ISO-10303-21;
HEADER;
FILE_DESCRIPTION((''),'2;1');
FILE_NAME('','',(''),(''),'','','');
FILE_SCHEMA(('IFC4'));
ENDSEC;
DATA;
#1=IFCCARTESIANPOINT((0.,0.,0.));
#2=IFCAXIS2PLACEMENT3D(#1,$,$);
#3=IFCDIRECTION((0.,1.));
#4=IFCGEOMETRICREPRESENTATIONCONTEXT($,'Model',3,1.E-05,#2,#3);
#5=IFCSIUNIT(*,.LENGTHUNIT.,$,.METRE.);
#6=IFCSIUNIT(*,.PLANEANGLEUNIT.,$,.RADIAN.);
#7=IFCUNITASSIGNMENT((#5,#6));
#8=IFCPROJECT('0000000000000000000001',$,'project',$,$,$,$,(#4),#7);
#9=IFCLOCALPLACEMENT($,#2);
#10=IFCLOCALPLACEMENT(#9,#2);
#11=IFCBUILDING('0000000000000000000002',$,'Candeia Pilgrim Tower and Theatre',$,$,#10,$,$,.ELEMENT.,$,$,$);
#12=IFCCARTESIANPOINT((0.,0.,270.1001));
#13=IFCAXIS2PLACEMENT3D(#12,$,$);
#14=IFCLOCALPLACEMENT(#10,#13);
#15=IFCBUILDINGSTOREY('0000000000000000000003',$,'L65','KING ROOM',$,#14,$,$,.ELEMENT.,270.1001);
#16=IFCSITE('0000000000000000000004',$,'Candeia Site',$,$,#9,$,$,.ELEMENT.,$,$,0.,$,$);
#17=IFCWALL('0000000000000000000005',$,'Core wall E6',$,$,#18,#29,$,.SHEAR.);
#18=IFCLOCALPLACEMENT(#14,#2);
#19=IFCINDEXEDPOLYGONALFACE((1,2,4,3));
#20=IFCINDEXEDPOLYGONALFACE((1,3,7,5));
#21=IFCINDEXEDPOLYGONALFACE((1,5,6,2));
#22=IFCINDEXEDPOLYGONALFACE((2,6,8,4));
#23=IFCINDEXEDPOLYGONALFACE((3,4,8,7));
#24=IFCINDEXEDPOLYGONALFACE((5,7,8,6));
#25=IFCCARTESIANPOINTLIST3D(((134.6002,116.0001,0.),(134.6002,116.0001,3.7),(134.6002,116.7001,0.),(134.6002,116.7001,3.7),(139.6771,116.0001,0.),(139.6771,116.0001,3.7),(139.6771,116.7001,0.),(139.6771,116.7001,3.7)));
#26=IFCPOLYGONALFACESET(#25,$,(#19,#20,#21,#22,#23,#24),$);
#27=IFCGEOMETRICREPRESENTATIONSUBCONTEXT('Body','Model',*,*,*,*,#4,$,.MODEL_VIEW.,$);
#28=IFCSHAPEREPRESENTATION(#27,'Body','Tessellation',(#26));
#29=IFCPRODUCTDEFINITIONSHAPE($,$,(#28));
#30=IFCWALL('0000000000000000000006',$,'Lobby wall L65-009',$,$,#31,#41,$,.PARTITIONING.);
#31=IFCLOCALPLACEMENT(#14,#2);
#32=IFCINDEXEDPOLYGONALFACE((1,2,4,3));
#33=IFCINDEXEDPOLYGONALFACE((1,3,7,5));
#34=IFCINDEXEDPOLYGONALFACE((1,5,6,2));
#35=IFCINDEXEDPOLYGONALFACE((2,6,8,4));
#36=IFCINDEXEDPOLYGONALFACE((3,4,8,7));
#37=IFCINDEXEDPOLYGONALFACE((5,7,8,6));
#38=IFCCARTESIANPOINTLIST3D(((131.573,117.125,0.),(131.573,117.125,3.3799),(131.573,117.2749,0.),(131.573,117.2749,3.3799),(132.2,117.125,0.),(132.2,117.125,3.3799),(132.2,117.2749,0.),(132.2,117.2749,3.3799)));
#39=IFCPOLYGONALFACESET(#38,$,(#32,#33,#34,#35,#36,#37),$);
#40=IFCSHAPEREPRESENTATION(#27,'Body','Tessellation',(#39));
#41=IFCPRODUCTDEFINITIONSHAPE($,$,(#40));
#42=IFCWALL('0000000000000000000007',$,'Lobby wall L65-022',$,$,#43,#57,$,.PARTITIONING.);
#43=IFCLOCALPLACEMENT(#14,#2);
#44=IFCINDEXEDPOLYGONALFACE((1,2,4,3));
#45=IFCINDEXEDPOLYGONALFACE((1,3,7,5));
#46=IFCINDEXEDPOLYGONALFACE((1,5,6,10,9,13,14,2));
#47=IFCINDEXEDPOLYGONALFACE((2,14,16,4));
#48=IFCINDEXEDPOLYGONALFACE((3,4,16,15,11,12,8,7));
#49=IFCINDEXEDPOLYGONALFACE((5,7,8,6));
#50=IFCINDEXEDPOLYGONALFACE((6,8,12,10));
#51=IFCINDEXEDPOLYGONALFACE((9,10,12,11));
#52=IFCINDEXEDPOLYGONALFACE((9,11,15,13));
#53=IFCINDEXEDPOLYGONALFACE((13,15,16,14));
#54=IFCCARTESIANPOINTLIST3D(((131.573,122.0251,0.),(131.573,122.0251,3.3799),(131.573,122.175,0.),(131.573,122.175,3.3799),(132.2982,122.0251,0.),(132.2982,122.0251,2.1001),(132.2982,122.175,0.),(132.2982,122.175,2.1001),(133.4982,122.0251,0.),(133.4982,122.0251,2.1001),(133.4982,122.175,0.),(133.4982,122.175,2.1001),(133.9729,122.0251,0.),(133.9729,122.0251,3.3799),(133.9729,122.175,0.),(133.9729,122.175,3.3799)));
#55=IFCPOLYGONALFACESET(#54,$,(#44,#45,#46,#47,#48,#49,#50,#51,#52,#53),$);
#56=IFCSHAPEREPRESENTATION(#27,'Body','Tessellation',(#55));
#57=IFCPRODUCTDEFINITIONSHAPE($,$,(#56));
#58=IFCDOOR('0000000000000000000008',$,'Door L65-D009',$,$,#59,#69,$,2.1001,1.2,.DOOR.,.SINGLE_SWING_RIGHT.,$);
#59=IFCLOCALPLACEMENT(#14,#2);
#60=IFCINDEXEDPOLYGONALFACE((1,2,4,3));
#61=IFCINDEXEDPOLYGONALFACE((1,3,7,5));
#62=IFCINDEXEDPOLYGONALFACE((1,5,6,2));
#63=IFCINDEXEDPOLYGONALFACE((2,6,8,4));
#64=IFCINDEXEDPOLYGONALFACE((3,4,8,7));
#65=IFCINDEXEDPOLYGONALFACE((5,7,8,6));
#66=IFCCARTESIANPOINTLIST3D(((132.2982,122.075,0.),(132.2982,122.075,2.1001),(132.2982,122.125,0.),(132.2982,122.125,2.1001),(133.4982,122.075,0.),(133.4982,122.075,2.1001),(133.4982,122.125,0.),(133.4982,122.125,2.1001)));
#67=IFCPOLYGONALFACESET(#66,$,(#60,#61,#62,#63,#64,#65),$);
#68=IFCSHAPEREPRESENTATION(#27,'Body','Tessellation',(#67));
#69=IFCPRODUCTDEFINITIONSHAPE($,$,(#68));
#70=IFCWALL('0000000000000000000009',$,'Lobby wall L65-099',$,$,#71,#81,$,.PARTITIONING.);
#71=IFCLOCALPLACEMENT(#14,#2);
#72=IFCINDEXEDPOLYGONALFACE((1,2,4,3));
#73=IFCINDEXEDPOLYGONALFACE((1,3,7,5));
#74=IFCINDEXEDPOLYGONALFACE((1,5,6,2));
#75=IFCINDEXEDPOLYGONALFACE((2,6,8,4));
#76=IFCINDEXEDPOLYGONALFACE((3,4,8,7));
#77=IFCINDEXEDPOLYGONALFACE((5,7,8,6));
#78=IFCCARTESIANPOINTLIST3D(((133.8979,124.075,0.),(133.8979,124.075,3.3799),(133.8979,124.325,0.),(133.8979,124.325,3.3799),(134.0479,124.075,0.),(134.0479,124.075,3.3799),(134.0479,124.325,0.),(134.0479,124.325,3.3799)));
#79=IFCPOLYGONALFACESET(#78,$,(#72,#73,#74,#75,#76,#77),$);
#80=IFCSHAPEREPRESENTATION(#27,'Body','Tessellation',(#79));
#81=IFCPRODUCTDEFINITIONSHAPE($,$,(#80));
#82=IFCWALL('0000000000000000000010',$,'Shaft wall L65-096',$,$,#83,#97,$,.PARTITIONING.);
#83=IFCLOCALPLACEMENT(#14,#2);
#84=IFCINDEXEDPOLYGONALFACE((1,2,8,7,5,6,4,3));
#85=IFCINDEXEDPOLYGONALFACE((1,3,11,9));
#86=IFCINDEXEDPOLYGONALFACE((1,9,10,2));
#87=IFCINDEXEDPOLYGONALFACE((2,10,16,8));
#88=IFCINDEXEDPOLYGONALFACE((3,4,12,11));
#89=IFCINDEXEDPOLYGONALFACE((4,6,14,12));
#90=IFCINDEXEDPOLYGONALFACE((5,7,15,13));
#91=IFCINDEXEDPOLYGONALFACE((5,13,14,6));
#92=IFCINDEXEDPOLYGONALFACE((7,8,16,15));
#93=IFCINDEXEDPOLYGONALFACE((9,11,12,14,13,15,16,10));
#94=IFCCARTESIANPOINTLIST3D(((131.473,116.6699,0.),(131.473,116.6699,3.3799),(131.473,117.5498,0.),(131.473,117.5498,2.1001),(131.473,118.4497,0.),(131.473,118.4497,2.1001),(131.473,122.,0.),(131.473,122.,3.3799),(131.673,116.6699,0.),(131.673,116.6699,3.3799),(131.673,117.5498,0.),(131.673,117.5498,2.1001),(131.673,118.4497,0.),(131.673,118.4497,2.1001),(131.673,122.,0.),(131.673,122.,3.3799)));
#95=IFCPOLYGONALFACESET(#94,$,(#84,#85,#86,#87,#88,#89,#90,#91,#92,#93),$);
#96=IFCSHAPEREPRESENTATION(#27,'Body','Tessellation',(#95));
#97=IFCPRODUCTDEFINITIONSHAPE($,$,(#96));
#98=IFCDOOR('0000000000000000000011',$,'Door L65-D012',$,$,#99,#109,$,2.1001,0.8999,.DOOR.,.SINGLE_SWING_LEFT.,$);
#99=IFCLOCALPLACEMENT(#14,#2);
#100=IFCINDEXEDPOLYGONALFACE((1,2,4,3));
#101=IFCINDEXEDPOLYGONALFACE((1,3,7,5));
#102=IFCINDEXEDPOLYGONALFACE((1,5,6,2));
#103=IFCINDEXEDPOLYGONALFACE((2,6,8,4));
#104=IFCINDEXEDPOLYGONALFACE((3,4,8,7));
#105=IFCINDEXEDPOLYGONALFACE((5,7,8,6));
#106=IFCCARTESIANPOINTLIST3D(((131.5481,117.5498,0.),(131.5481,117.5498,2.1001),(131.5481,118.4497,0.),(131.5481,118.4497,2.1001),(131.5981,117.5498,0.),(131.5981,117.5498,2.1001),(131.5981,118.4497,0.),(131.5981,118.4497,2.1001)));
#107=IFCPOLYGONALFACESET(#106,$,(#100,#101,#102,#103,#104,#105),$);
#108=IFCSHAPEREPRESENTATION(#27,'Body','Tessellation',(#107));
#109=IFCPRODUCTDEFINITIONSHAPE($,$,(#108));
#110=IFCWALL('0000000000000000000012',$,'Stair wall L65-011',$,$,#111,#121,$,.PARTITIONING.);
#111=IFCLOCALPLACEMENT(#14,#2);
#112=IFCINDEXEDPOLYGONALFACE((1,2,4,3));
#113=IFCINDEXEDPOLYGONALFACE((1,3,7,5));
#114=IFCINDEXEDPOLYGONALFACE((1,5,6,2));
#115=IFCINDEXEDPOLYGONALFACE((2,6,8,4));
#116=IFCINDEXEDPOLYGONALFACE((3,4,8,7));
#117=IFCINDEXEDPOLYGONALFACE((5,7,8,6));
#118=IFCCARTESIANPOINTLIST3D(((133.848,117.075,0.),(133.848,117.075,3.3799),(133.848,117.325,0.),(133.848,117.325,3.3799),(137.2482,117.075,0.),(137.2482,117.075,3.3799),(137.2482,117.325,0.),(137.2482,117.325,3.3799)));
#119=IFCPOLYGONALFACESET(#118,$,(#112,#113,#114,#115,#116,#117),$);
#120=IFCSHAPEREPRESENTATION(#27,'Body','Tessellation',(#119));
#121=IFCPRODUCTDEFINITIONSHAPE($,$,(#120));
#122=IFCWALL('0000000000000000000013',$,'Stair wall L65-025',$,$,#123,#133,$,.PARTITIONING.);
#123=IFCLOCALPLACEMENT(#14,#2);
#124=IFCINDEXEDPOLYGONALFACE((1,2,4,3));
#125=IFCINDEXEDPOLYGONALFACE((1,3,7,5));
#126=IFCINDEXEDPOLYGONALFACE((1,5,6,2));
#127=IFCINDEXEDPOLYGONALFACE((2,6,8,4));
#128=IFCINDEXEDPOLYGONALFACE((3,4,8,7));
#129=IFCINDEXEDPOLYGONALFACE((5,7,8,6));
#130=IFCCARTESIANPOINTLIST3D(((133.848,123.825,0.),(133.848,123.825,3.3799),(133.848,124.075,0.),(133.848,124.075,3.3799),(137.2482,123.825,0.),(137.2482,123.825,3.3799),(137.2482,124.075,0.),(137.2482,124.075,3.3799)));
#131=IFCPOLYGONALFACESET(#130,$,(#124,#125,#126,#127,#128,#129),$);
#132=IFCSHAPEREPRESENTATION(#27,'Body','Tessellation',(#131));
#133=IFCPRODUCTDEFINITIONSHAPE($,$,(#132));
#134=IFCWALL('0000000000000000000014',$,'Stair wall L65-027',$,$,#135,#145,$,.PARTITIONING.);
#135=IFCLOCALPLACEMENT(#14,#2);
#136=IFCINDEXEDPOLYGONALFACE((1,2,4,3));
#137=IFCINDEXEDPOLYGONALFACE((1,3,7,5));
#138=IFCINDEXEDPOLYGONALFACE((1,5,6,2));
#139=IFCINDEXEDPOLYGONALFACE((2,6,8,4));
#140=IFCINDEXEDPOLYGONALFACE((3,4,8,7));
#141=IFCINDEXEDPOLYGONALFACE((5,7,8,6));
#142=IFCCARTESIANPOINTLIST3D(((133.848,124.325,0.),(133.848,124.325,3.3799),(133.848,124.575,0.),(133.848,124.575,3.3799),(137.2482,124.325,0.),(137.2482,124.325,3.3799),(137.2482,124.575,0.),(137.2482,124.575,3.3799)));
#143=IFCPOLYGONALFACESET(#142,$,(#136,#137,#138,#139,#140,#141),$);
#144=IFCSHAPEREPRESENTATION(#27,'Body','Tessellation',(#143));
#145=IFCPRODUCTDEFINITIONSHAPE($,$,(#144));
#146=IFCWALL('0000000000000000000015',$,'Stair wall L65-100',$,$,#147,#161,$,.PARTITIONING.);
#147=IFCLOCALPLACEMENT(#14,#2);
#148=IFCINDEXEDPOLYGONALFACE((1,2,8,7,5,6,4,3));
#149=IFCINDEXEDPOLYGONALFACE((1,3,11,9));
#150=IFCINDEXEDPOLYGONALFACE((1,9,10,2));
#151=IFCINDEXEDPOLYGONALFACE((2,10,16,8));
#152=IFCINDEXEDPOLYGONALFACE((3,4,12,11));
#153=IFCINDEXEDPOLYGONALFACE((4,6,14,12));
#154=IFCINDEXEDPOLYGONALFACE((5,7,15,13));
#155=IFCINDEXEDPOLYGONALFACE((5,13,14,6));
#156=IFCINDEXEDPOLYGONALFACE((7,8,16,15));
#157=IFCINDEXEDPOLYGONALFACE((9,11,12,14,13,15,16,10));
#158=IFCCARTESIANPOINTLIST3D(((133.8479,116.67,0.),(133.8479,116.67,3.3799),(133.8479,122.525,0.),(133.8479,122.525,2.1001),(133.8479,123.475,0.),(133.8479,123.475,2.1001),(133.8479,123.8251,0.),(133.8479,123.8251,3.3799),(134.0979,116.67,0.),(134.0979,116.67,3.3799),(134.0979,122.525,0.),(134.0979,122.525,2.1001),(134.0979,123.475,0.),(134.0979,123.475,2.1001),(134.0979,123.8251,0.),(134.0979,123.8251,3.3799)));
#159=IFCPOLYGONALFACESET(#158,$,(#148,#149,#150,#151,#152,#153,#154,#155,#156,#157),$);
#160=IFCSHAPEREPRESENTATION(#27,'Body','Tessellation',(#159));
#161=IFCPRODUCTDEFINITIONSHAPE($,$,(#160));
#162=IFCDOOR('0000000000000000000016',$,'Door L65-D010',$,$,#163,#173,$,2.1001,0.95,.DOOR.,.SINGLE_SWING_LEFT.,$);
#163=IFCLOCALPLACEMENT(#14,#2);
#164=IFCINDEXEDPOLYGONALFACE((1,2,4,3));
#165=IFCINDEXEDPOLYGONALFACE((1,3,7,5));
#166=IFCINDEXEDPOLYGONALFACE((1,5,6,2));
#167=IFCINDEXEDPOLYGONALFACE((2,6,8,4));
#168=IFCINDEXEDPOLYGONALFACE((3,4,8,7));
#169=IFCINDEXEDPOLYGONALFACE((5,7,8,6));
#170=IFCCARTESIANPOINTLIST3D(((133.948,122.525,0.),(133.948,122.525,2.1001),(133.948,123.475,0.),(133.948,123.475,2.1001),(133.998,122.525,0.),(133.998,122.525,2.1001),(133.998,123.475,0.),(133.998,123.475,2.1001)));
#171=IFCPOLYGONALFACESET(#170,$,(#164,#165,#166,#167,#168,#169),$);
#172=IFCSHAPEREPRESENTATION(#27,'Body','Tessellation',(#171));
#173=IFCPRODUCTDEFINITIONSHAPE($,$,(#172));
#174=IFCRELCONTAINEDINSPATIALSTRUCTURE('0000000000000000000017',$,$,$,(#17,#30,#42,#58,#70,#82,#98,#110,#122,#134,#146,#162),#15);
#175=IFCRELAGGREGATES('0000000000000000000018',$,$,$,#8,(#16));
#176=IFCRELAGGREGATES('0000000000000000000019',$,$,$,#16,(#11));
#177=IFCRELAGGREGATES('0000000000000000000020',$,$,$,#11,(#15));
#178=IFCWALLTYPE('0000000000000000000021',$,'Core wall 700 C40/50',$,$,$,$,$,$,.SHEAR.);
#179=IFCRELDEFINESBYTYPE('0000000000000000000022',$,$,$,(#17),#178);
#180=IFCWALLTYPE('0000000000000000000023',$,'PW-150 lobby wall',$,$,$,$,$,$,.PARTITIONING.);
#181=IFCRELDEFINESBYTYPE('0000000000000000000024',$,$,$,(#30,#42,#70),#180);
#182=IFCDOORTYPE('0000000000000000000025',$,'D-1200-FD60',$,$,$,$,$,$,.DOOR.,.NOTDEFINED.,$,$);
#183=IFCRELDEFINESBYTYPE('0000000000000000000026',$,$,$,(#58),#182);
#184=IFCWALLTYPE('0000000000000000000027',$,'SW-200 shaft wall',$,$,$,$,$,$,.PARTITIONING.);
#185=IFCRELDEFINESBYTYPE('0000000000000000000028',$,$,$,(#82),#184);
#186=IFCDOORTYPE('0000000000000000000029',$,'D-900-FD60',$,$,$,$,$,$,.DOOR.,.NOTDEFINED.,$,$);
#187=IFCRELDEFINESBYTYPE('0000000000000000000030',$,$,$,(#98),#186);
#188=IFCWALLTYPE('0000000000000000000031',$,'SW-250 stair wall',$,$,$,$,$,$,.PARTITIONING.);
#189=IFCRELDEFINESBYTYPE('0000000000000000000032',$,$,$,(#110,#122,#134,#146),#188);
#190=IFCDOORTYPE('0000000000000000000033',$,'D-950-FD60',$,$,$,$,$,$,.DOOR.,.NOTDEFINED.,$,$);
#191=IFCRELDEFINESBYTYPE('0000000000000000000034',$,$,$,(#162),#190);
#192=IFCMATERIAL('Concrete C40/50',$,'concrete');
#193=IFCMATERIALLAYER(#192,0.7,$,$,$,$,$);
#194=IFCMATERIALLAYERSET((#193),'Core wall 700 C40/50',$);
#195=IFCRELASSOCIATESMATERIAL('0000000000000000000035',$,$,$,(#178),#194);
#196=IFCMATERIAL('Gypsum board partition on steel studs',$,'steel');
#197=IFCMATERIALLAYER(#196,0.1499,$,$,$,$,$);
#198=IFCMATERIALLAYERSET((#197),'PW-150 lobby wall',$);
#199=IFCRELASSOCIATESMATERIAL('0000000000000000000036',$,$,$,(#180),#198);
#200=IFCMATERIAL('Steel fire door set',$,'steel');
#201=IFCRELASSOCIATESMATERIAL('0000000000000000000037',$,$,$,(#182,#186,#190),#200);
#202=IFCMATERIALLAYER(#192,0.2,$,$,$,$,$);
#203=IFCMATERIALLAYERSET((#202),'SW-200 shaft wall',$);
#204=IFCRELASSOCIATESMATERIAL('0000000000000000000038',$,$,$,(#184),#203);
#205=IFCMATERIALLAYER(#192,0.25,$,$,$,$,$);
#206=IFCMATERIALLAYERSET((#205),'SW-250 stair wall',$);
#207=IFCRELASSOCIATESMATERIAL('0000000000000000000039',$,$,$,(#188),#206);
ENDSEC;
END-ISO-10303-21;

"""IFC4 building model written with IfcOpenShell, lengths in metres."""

from ifc_helpers import new_model, si_unit, direction, frame, frame_2d, origin, place, context, subcontext, project, spatial, rectangle, extrude, material, layer, layer_set, type_object, element, fill, save


model = new_model("IFC4")

# Units and contexts
model_context = context("Model", 3, precision=1e-05, world=origin(), true_north=direction((0.0, 1.0)))
body_context = subcontext(model_context, "Body", "Model", "MODEL_VIEW")
ifc_project = project(units=[si_unit("LENGTHUNIT", "METRE"), si_unit("PLANEANGLEUNIT", "RADIAN")], contexts=[model_context])

# Site, building, storey
site_placement = place(None, origin())
site = spatial("IfcSite", under=ifc_project, at=site_placement, Name="Candeia Site", CompositionType="ELEMENT", RefElevation=0.0)
building_placement = place(site_placement, origin())
building = spatial("IfcBuilding", under=site, at=building_placement, Name="Candeia Pilgrim Tower and Theatre", CompositionType="ELEMENT")
storey_placement = place(building_placement, frame((0.0, 0.0, 270.1001)))
storey = spatial("IfcBuildingStorey", under=building, at=storey_placement, Name="L65", Description="KING ROOM", CompositionType="ELEMENT", Elevation=270.1001)

# Walls
ifc_material_1 = material(Name="Concrete C40/50", Category="concrete")
ifc_layer_1 = layer(ifc_material_1, 0.7)
ifc_layer_set_1 = layer_set([ifc_layer_1], Name="Core wall 700 C40/50")
wall_type_1 = type_object("IfcWallType", Name="Core wall 700 C40/50", PredefinedType="SHEAR", material=ifc_layer_set_1)
wall_1_placement = place(storey_placement, frame((134.6001, 116.3501, 0.0), z_axis=(0.0, 0.0, 1.0), x_axis=(1.0, 0.0, 0.0)))
element("IfcWall", 1, at=wall_1_placement, inside=storey, type_object=wall_type_1, Name="Core wall E6", PredefinedType="SHEAR", context=body_context, shape_type="SweptSolid", body=[
    extrude(rectangle(XDim=5.0769, YDim=0.7, at=frame_2d((2.5386, 0.0))), origin(), (0.0, 0.0, 1.0), 3.7),
])
ifc_material_2 = material(Name="Gypsum board partition on steel studs", Category="steel")
ifc_layer_2 = layer(ifc_material_2, 0.1499)
ifc_layer_set_2 = layer_set([ifc_layer_2], Name="PW-150 lobby wall")
wall_type_2 = type_object("IfcWallType", Name="PW-150 lobby wall", PredefinedType="PARTITIONING", material=ifc_layer_set_2)
wall_2_placement = place(storey_placement, frame((131.573, 117.2, 0.0), z_axis=(0.0, 0.0, 1.0), x_axis=(1.0, 0.0, 0.0)))
element("IfcWall", 2, at=wall_2_placement, inside=storey, type_object=wall_type_2, Name="Lobby wall L65-009", PredefinedType="PARTITIONING", context=body_context, shape_type="SweptSolid", body=[
    extrude(rectangle(XDim=0.627, YDim=0.1499, at=frame_2d((0.3135, 0.0))), origin(), (0.0, 0.0, 1.0), 3.3799),
])

# Wall, opening, door
wall_3_placement = place(storey_placement, frame((131.573, 122.1001, 0.0), z_axis=(0.0, 0.0, 1.0), x_axis=(1.0, 0.0, 0.0)))
wall_3 = element("IfcWall", 3, at=wall_3_placement, inside=storey, type_object=wall_type_2, Name="Lobby wall L65-022", PredefinedType="PARTITIONING", context=body_context, shape_type="SweptSolid", body=[
    extrude(rectangle(XDim=2.3999, YDim=0.1499, at=frame_2d((1.2, 0.0))), origin(), (0.0, 0.0, 1.0), 3.3799),
])
opening_1_placement = place(wall_3_placement, frame((0.7251, 0.0, 0.0)))
opening_1 = element("IfcOpeningElement", 4, at=opening_1_placement, cuts=wall_3, PredefinedType="OPENING", context=body_context, shape_type="SweptSolid", body=[
    extrude(rectangle(XDim=1.2, YDim=2.1001, at=frame_2d((0.6001, 1.05))), frame((0.0, 0.085, 0.0), z_axis=(0.0, -1.0, 0.0), x_axis=(1.0, 0.0, 0.0)), (0.0, 0.0, 1.0), 0.1699),
])
ifc_material_3 = material(Name="Steel fire door set", Category="steel")
door_type_1 = type_object("IfcDoorType", Name="D-1200-FD60", OperationType="NOTDEFINED", PredefinedType="DOOR", material=ifc_material_3)
door_1_placement = place(opening_1_placement, origin())
door_1 = element("IfcDoor", 5, at=door_1_placement, inside=storey, type_object=door_type_1, Name="Door L65-D009", OperationType="SINGLE_SWING_RIGHT", OverallHeight=2.1001, OverallWidth=1.2, PredefinedType="DOOR", context=body_context, shape_type="SweptSolid", body=[
    extrude(rectangle(XDim=1.2, YDim=2.1001, at=frame_2d((0.6001, 1.05))), frame((0.0, 0.0249, 0.0), z_axis=(0.0, -1.0, 0.0), x_axis=(1.0, 0.0, 0.0)), (0.0, 0.0, 1.0), 0.05),
])
fill(opening_1, door_1)

# Wall
wall_4_placement = place(storey_placement, frame((133.9729, 124.075, 0.0), z_axis=(0.0, 0.0, 1.0), x_axis=(0.0, 1.0, 0.0)))
element("IfcWall", 6, at=wall_4_placement, inside=storey, type_object=wall_type_2, Name="Lobby wall L65-099", PredefinedType="PARTITIONING", context=body_context, shape_type="SweptSolid", body=[
    extrude(rectangle(XDim=0.25, YDim=0.1499, at=frame_2d((0.125, 0.0))), origin(), (0.0, 0.0, 1.0), 3.3799),
])

# Wall, opening, door
ifc_layer_3 = layer(ifc_material_1, 0.2)
ifc_layer_set_3 = layer_set([ifc_layer_3], Name="SW-200 shaft wall")
wall_type_3 = type_object("IfcWallType", Name="SW-200 shaft wall", PredefinedType="PARTITIONING", material=ifc_layer_set_3)
wall_5_placement = place(storey_placement, frame((131.573, 116.6699, 0.0), z_axis=(0.0, 0.0, 1.0), x_axis=(0.0, 1.0, 0.0)))
wall_5 = element("IfcWall", 7, at=wall_5_placement, inside=storey, type_object=wall_type_3, Name="Shaft wall L65-096", PredefinedType="PARTITIONING", context=body_context, shape_type="SweptSolid", body=[
    extrude(rectangle(XDim=5.3301, YDim=0.2, at=frame_2d((2.665, 0.0))), origin(), (0.0, 0.0, 1.0), 3.3799),
])
opening_2_placement = place(wall_5_placement, frame((0.8799, 0.0, 0.0)))
opening_2 = element("IfcOpeningElement", 8, at=opening_2_placement, cuts=wall_5, PredefinedType="OPENING", context=body_context, shape_type="SweptSolid", body=[
    extrude(rectangle(XDim=0.8999, YDim=2.1001, at=frame_2d((0.45, 1.05))), frame((0.0, 0.1099, 0.0), z_axis=(0.0, -1.0, 0.0), x_axis=(1.0, 0.0, 0.0)), (0.0, 0.0, 1.0), 0.22),
])
door_type_2 = type_object("IfcDoorType", Name="D-900-FD60", OperationType="NOTDEFINED", PredefinedType="DOOR", material=ifc_material_3)
door_2_placement = place(opening_2_placement, origin())
door_2 = element("IfcDoor", 9, at=door_2_placement, inside=storey, type_object=door_type_2, Name="Door L65-D012", OperationType="SINGLE_SWING_LEFT", OverallHeight=2.1001, OverallWidth=0.8999, PredefinedType="DOOR", context=body_context, shape_type="SweptSolid", body=[
    extrude(rectangle(XDim=0.8999, YDim=2.1001, at=frame_2d((0.45, 1.05))), frame((0.0, 0.0249, 0.0), z_axis=(0.0, -1.0, 0.0), x_axis=(1.0, 0.0, 0.0)), (0.0, 0.0, 1.0), 0.05),
])
fill(opening_2, door_2)

# Walls
ifc_layer_4 = layer(ifc_material_1, 0.25)
ifc_layer_set_4 = layer_set([ifc_layer_4], Name="SW-250 stair wall")
wall_type_4 = type_object("IfcWallType", Name="SW-250 stair wall", PredefinedType="PARTITIONING", material=ifc_layer_set_4)
for number, where, z_axis, x_axis, name in (
    (10, (133.8479, 117.2, 0.0), (0.0, 0.0, 1.0), (1.0, 0.0, 0.0), "Stair wall L65-011"),
    (11, (133.8479, 123.95, 0.0), (0.0, 0.0, 1.0), (1.0, 0.0, 0.0), "Stair wall L65-025"),
    (12, (133.8479, 124.45, 0.0), (0.0, 0.0, 1.0), (1.0, 0.0, 0.0), "Stair wall L65-027"),
):
    element("IfcWall", number, at=place(storey_placement, frame(where, z_axis=z_axis, x_axis=x_axis)), inside=storey, type_object=wall_type_4, Name=name, PredefinedType="PARTITIONING", context=body_context, shape_type="SweptSolid", body=[
        extrude(rectangle(XDim=3.4001, YDim=0.25, at=frame_2d((1.7002, 0.0))), origin(), (0.0, 0.0, 1.0), 3.3799),
    ])

# Wall, opening, door
wall_6_placement = place(storey_placement, frame((133.9729, 116.6699, 0.0), z_axis=(0.0, 0.0, 1.0), x_axis=(0.0, 1.0, 0.0)))
wall_6 = element("IfcWall", 13, at=wall_6_placement, inside=storey, type_object=wall_type_4, Name="Stair wall L65-100", PredefinedType="PARTITIONING", context=body_context, shape_type="SweptSolid", body=[
    extrude(rectangle(XDim=7.155, YDim=0.25, at=frame_2d((3.5776, 0.0))), origin(), (0.0, 0.0, 1.0), 3.3799),
])
opening_3_placement = place(wall_6_placement, frame((5.855, 0.0, 0.0)))
opening_3 = element("IfcOpeningElement", 14, at=opening_3_placement, cuts=wall_6, PredefinedType="OPENING", context=body_context, shape_type="SweptSolid", body=[
    extrude(rectangle(XDim=0.95, YDim=2.1001, at=frame_2d((0.4751, 1.05))), frame((0.0, 0.135, 0.0), z_axis=(0.0, -1.0, 0.0), x_axis=(1.0, 0.0, 0.0)), (0.0, 0.0, 1.0), 0.27),
])
door_type_3 = type_object("IfcDoorType", Name="D-950-FD60", OperationType="NOTDEFINED", PredefinedType="DOOR", material=ifc_material_3)
door_3_placement = place(opening_3_placement, origin())
door_3 = element("IfcDoor", 15, at=door_3_placement, inside=storey, type_object=door_type_3, Name="Door L65-D010", OperationType="SINGLE_SWING_LEFT", OverallHeight=2.1001, OverallWidth=0.95, PredefinedType="DOOR", context=body_context, shape_type="SweptSolid", body=[
    extrude(rectangle(XDim=0.95, YDim=2.1001, at=frame_2d((0.4751, 1.05))), frame((0.0, 0.0249, 0.0), z_axis=(0.0, -1.0, 0.0), x_axis=(1.0, 0.0, 0.0)), (0.0, 0.0, 1.0), 0.05),
])
fill(opening_3, door_3)

save(model, "model.ifc")
